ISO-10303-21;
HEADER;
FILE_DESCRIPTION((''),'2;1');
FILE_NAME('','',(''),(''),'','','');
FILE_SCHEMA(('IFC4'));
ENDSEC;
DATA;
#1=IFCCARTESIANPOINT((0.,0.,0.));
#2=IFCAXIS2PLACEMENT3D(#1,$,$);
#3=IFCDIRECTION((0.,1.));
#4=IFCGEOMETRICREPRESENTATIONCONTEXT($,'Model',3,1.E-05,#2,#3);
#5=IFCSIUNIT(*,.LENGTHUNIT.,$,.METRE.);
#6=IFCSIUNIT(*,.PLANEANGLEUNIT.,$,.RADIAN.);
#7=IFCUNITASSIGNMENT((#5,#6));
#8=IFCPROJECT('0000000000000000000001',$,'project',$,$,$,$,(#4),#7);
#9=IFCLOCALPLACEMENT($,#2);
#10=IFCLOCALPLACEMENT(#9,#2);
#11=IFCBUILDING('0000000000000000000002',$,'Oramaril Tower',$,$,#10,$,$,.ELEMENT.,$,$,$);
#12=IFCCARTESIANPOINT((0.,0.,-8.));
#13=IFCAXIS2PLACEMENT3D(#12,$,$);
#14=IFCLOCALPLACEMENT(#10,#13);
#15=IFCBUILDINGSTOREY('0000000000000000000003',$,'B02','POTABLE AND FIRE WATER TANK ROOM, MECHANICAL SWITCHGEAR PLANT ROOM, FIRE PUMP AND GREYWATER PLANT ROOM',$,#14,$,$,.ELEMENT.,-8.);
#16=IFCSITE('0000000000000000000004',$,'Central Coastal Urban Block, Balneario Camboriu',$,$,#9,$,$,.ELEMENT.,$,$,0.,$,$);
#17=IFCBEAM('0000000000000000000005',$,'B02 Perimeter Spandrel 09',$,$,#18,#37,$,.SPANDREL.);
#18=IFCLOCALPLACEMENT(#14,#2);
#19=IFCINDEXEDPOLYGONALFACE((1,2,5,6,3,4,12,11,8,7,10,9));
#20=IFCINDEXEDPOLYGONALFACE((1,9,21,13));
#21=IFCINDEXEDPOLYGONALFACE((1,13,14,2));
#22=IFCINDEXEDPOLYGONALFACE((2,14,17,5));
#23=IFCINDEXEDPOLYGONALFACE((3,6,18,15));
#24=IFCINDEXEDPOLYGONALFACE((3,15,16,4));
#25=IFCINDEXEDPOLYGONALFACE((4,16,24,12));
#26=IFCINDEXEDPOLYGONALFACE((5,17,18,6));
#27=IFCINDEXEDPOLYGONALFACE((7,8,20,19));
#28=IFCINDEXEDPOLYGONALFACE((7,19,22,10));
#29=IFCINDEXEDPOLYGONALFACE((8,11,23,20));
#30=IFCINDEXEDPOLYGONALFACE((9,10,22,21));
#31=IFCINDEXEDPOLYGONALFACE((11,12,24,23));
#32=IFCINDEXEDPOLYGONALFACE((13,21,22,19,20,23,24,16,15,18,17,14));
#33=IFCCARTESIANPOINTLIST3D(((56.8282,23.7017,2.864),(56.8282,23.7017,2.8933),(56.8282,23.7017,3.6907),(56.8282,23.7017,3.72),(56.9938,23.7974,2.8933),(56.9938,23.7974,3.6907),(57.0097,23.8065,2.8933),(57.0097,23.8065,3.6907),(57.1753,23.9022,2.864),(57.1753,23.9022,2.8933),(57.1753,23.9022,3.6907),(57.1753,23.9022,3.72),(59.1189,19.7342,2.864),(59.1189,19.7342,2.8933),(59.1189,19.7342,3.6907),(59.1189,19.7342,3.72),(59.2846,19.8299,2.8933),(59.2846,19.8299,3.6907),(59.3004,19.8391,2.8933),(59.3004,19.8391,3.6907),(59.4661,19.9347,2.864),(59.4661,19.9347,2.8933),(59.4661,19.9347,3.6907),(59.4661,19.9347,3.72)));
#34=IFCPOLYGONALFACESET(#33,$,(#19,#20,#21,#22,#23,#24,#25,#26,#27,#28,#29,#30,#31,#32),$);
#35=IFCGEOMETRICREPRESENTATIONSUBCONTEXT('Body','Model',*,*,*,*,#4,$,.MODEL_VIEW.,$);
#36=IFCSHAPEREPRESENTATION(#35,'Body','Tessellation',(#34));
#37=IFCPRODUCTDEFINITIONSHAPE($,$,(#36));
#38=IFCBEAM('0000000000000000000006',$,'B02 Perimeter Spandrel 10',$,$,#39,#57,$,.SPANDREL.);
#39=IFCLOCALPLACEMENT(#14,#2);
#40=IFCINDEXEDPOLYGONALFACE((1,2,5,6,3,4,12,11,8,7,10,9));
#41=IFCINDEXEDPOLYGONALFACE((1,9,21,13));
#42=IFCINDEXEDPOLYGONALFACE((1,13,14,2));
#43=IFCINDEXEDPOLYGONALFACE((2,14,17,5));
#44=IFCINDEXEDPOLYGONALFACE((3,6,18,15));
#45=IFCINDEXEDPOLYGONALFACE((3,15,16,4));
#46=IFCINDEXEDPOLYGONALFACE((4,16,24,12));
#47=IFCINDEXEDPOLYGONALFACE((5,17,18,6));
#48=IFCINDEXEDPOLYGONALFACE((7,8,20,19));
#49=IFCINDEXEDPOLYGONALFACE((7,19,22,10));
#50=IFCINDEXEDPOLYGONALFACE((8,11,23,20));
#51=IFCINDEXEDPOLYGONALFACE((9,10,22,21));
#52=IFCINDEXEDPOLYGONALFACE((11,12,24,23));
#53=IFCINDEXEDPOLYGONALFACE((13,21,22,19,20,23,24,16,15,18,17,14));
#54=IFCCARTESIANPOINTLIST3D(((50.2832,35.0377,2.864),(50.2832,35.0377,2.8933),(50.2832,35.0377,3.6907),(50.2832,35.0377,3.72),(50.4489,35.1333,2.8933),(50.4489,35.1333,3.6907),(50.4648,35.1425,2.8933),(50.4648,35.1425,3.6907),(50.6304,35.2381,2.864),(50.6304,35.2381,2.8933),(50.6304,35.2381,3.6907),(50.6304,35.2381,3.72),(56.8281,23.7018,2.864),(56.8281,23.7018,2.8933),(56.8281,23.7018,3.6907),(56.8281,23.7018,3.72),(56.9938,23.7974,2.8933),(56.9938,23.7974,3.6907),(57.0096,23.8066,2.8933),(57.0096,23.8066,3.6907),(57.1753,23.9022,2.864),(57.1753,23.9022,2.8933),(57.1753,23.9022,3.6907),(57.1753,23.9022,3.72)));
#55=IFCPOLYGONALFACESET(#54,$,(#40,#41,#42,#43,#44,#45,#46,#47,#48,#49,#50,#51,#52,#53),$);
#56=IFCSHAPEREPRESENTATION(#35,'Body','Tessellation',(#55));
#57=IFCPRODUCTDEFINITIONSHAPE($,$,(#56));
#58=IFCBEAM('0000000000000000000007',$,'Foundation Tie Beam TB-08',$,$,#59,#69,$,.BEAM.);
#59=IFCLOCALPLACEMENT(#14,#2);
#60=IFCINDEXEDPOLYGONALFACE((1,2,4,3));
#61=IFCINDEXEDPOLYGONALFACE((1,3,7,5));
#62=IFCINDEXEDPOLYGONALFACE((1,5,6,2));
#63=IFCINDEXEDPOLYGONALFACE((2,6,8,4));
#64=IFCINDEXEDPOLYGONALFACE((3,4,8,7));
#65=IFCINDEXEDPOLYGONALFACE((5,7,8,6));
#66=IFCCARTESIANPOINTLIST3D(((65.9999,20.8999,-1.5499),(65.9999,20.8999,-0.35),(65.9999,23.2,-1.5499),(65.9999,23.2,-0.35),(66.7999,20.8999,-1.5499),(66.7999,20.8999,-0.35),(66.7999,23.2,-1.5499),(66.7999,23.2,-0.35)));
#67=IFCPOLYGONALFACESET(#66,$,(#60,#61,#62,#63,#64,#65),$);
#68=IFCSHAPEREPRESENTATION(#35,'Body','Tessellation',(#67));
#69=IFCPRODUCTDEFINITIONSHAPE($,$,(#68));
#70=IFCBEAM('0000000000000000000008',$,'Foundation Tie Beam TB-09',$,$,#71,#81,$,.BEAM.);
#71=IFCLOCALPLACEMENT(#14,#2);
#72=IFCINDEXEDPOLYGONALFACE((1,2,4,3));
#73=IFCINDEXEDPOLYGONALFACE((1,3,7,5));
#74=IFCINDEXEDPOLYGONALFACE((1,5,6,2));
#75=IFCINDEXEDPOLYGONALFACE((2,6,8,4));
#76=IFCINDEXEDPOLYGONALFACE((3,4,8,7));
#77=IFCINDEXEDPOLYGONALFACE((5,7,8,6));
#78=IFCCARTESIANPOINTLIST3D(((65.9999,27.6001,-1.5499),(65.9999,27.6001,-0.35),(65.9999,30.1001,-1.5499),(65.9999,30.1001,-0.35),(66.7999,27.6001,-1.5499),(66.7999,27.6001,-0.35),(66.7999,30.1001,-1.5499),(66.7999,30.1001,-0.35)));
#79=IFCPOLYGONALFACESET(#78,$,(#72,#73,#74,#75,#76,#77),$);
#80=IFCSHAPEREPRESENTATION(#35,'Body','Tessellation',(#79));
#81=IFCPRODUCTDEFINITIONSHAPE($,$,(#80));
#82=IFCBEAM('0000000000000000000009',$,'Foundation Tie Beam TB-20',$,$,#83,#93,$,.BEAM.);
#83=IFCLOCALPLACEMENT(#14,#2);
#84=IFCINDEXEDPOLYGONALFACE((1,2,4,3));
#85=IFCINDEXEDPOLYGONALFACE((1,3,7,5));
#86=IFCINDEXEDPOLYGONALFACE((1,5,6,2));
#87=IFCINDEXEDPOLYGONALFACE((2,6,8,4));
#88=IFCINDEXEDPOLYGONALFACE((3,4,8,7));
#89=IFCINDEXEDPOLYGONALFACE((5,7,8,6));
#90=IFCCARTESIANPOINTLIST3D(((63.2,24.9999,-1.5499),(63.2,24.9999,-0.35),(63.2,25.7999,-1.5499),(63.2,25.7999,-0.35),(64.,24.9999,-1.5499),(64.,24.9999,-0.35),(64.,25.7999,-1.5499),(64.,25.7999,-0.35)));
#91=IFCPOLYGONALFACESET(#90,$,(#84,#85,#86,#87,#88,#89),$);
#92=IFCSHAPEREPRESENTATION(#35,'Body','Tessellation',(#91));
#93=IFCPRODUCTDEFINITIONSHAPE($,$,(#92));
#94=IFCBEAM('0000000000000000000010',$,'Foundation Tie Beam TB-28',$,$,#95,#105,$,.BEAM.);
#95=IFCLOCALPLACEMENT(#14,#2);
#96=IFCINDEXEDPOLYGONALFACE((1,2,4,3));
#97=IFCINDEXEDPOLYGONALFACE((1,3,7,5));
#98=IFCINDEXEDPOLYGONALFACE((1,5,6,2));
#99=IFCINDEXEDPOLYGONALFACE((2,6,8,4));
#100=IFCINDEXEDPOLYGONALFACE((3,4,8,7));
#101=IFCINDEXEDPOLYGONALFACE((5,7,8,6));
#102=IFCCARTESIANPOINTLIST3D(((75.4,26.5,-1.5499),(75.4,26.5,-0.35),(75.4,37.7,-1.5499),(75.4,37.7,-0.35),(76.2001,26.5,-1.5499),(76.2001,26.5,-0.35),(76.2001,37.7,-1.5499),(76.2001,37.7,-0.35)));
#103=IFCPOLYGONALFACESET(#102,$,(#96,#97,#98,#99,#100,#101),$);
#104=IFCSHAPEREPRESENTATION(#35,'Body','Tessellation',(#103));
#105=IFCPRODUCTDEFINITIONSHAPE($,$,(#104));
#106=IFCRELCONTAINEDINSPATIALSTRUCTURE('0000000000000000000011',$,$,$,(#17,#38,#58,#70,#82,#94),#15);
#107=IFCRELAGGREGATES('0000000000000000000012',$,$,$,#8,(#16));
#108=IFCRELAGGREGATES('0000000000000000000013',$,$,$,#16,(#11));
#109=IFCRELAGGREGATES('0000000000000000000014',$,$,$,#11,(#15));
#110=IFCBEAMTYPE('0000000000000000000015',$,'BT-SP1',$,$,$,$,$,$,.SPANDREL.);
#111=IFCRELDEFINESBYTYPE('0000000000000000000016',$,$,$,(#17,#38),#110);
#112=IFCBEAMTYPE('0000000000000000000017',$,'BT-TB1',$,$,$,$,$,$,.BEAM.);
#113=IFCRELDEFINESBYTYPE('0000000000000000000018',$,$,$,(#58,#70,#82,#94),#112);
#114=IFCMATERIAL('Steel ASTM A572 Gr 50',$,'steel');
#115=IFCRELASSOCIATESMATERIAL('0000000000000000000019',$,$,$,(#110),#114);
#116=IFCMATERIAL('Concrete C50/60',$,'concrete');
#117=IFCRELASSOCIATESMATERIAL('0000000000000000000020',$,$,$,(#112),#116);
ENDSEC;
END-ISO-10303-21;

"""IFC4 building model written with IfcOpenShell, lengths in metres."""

from ifc_helpers import new_model, si_unit, direction, frame, origin, origin_2d, place, context, subcontext, project, spatial, rectangle, i_section, extrude, material, material_profile, profile_set, type_object, element, save


model = new_model("IFC4")

# Units and contexts
model_context = context("Model", 3, precision=1e-05, world=origin(), true_north=direction((0.0, 1.0)))
body_context = subcontext(model_context, "Body", "Model", "MODEL_VIEW")
ifc_project = project(units=[si_unit("LENGTHUNIT", "METRE"), si_unit("PLANEANGLEUNIT", "RADIAN")], contexts=[model_context])

# Site, building, storey
site_placement = place(None, origin())
site = spatial("IfcSite", under=ifc_project, at=site_placement, Name="Central Coastal Urban Block, Balneario Camboriu", CompositionType="ELEMENT", RefElevation=0.0)
building_placement = place(site_placement, origin())
building = spatial("IfcBuilding", under=site, at=building_placement, Name="Oramaril Tower", CompositionType="ELEMENT")
storey_placement = place(building_placement, frame((0.0, 0.0, -8.0)))
storey = spatial("IfcBuildingStorey", under=building, at=storey_placement, Name="B02", Description="POTABLE AND FIRE WATER TANK ROOM, MECHANICAL SWITCHGEAR PLANT ROOM, FIRE PUMP AND GREYWATER PLANT ROOM", CompositionType="ELEMENT", Elevation=-8.0)

# Beams
ifc_material_1 = material(Name="Steel ASTM A572 Gr 50", Category="steel")
ifc_material_profile_1 = material_profile(ifc_material_1, i_section(OverallWidth=0.4009, OverallDepth=0.856, WebThickness=0.0183, FlangeThickness=0.0293, at=origin_2d()), Name="W33X201")
ifc_profile_set_1 = profile_set([ifc_material_profile_1], Name="Steel ASTM A572 Gr 50")
beam_type_1 = type_object("IfcBeamType", Name="BT-SP1", PredefinedType="SPANDREL", material=ifc_profile_set_1)
beam_1_placement = place(storey_placement, frame((59.2925, 19.8345, 3.292), z_axis=(-0.500019, 0.866014, 0.0), x_axis=(-0.866014, -0.500019, 0.0)))
element("IfcBeam", 1, at=beam_1_placement, inside=storey, type_object=beam_type_1, Name="B02 Perimeter Spandrel 09", PredefinedType="SPANDREL", context=body_context, shape_type="SweptSolid", body=[
    extrude(i_section(OverallWidth=0.4009, OverallDepth=0.856, WebThickness=0.0183, FlangeThickness=0.0293, at=origin_2d()), origin(), (0.0, 0.0, 1.0), 4.5813),
])
beam_2_placement = place(storey_placement, frame((57.0017, 23.802, 3.292), z_axis=(-0.500007, 0.866022, 0.0), x_axis=(-0.866022, -0.500007, 0.0)))
element("IfcBeam", 2, at=beam_2_placement, inside=storey, type_object=beam_type_1, Name="B02 Perimeter Spandrel 10", PredefinedType="SPANDREL", context=body_context, shape_type="SweptSolid", body=[
    extrude(i_section(OverallWidth=0.4009, OverallDepth=0.856, WebThickness=0.0183, FlangeThickness=0.0293, at=origin_2d()), origin(), (0.0, 0.0, 1.0), 13.0896),
])
ifc_material_2 = material(Name="Concrete C50/60", Category="concrete")
ifc_material_profile_2 = material_profile(ifc_material_2, rectangle(XDim=0.8, YDim=1.2, at=origin_2d()), Name="TB800X1200")
ifc_profile_set_2 = profile_set([ifc_material_profile_2], Name="Concrete C50/60")
beam_type_2 = type_object("IfcBeamType", Name="BT-TB1", PredefinedType="BEAM", material=ifc_profile_set_2)
beam_3_placement = place(storey_placement, frame((66.3999, 20.8999, -0.95), z_axis=(0.0, 1.0, 0.0), x_axis=(-1.0, 0.0, 0.0)))
element("IfcBeam", 3, at=beam_3_placement, inside=storey, type_object=beam_type_2, Name="Foundation Tie Beam TB-08", PredefinedType="BEAM", context=body_context, shape_type="SweptSolid", body=[
    extrude(rectangle(XDim=0.8, YDim=1.2, at=origin_2d()), origin(), (0.0, 0.0, 1.0), 2.3),
])
beam_4_placement = place(storey_placement, frame((66.3999, 27.6001, -0.95), z_axis=(0.0, 1.0, 0.0), x_axis=(-1.0, 0.0, 0.0)))
element("IfcBeam", 4, at=beam_4_placement, inside=storey, type_object=beam_type_2, Name="Foundation Tie Beam TB-09", PredefinedType="BEAM", context=body_context, shape_type="SweptSolid", body=[
    extrude(rectangle(XDim=0.8, YDim=1.2, at=origin_2d()), origin(), (0.0, 0.0, 1.0), 2.5),
])
beam_5_placement = place(storey_placement, frame((63.2, 25.3999, -0.95), z_axis=(1.0, 0.0, 0.0), x_axis=(0.0, 1.0, 0.0)))
element("IfcBeam", 5, at=beam_5_placement, inside=storey, type_object=beam_type_2, Name="Foundation Tie Beam TB-20", PredefinedType="BEAM", context=body_context, shape_type="SweptSolid", body=[
    extrude(rectangle(XDim=0.8, YDim=1.2, at=origin_2d()), origin(), (0.0, 0.0, 1.0), 0.8),
])
beam_6_placement = place(storey_placement, frame((75.8, 26.5, -0.95), z_axis=(0.0, 1.0, 0.0), x_axis=(-1.0, 0.0, 0.0)))
element("IfcBeam", 6, at=beam_6_placement, inside=storey, type_object=beam_type_2, Name="Foundation Tie Beam TB-28", PredefinedType="BEAM", context=body_context, shape_type="SweptSolid", body=[
    extrude(rectangle(XDim=0.8, YDim=1.2, at=origin_2d()), origin(), (0.0, 0.0, 1.0), 11.2),
])

save(model, "model.ifc")
